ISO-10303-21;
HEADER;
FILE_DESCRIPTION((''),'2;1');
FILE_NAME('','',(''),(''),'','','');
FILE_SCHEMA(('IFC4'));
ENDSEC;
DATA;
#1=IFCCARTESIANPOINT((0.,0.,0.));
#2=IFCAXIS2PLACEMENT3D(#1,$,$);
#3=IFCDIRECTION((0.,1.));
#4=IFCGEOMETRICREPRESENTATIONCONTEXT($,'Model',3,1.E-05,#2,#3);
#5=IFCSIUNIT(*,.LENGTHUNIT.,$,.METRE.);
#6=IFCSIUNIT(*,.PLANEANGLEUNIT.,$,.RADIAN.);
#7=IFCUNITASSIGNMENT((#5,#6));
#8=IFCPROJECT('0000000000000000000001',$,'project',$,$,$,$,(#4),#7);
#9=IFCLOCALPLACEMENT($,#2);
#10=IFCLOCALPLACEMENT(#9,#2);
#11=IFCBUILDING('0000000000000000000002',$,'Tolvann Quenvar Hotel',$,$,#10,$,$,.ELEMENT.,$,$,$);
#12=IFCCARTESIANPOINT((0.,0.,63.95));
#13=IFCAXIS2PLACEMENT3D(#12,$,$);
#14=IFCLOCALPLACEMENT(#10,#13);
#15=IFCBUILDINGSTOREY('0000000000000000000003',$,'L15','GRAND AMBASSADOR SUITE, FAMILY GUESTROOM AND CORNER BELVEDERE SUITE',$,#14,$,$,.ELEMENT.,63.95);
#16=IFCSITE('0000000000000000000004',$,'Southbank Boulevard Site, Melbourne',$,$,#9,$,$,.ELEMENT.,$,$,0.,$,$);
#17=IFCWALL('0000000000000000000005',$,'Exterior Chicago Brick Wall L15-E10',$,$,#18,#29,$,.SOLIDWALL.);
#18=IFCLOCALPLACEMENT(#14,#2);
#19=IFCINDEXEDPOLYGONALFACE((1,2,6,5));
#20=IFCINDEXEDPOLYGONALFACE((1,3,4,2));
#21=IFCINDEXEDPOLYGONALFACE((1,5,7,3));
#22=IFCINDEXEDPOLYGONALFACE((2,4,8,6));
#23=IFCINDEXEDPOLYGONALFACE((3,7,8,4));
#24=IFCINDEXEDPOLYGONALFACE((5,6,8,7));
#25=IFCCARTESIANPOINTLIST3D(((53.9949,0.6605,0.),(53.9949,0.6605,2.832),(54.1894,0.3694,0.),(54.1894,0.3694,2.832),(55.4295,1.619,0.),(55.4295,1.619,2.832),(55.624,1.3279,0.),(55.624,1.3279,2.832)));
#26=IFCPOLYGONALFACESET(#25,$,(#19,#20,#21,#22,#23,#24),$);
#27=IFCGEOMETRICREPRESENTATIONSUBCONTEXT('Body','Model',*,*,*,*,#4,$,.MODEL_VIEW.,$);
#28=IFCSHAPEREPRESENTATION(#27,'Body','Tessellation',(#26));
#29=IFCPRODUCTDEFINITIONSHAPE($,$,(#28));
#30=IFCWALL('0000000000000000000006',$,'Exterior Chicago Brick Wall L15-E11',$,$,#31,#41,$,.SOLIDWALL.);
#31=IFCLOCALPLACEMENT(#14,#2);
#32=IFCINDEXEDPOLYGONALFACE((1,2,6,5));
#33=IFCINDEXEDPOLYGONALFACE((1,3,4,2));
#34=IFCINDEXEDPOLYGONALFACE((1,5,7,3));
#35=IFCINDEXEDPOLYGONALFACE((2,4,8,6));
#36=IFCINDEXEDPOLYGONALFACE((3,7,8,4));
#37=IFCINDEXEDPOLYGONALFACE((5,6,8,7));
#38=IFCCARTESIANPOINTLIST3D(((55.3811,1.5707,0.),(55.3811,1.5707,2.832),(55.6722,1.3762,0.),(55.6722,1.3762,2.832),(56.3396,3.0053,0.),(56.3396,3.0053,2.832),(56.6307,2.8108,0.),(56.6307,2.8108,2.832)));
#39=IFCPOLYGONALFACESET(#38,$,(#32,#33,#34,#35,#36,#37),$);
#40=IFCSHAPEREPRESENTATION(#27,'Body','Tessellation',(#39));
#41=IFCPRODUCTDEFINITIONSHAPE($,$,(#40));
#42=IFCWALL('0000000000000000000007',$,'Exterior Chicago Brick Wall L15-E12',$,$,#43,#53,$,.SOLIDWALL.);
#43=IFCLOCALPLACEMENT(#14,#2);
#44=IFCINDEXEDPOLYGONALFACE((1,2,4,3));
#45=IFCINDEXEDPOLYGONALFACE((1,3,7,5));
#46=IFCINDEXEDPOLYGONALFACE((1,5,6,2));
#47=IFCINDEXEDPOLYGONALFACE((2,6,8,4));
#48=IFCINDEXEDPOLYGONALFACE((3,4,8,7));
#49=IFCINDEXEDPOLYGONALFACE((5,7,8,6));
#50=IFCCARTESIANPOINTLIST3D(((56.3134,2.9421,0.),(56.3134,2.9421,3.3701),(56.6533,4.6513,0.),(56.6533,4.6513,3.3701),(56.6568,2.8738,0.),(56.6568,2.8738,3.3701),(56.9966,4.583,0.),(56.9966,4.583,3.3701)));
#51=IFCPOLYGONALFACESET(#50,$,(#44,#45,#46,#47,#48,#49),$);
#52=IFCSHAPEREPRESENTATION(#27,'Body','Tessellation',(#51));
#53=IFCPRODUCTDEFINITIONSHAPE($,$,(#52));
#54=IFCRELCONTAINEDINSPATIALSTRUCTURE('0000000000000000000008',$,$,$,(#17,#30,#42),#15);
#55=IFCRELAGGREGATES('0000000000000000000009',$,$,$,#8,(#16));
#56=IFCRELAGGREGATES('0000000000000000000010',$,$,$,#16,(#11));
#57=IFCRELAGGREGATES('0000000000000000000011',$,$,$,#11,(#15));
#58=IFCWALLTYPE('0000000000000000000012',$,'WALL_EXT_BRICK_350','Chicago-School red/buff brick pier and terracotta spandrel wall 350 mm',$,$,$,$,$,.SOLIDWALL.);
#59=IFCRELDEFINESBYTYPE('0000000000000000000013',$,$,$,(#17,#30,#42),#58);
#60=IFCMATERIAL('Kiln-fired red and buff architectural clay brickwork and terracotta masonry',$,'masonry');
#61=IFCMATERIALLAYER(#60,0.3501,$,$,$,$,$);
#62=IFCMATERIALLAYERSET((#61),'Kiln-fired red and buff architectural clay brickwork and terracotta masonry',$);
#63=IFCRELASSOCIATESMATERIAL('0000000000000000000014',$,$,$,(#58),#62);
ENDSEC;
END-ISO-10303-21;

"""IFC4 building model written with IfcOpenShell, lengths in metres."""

from ifc_helpers import new_model, si_unit, direction, frame, frame_2d, origin, place, context, subcontext, project, spatial, rectangle, extrude, material, layer, layer_set, type_object, element, save


model = new_model("IFC4")

# Units and contexts
model_context = context("Model", 3, precision=1e-05, world=origin(), true_north=direction((0.0, 1.0)))
body_context = subcontext(model_context, "Body", "Model", "MODEL_VIEW")
ifc_project = project(units=[si_unit("LENGTHUNIT", "METRE"), si_unit("PLANEANGLEUNIT", "RADIAN")], contexts=[model_context])

# Site, building, storey
site_placement = place(None, origin())
site = spatial("IfcSite", under=ifc_project, at=site_placement, Name="Southbank Boulevard Site, Melbourne", CompositionType="ELEMENT", RefElevation=0.0)
building_placement = place(site_placement, origin())
building = spatial("IfcBuilding", under=site, at=building_placement, Name="Tolvann Quenvar Hotel", CompositionType="ELEMENT")
storey_placement = place(building_placement, frame((0.0, 0.0, 63.95)))
storey = spatial("IfcBuildingStorey", under=building, at=storey_placement, Name="L15", Description="GRAND AMBASSADOR SUITE, FAMILY GUESTROOM AND CORNER BELVEDERE SUITE", CompositionType="ELEMENT", Elevation=63.95)

# Walls
ifc_material_1 = material(Name="Kiln-fired red and buff architectural clay brickwork and terracotta masonry", Category="masonry")
ifc_layer_1 = layer(ifc_material_1, 0.3501)
ifc_layer_set_1 = layer_set([ifc_layer_1], Name="Kiln-fired red and buff architectural clay brickwork and terracotta masonry")
wall_type_1 = type_object("IfcWallType", Name="WALL_EXT_BRICK_350", Description="Chicago-School red/buff brick pier and terracotta spandrel wall 350 mm", PredefinedType="SOLIDWALL", material=ifc_layer_set_1)
for number, where, z_axis, x_axis, name in (
    (1, (54.092, 0.5149, 0.0), (0.0, 0.0, 1.0), (0.831484, 0.555549, 0.0), "Exterior Chicago Brick Wall L15-E10"),
    (2, (55.5266, 1.4734, 0.0), (0.0, 0.0, 1.0), (0.555549, 0.831484, 0.0), "Exterior Chicago Brick Wall L15-E11"),
):
    element("IfcWall", number, at=place(storey_placement, frame(where, z_axis=z_axis, x_axis=x_axis)), inside=storey, type_object=wall_type_1, Name=name, PredefinedType="SOLIDWALL", context=body_context, shape_type="SweptSolid", body=[
        extrude(rectangle(XDim=1.7253, YDim=0.3501, at=frame_2d((0.8628, 0.0))), origin(), (0.0, 0.0, 1.0), 2.832),
    ])
wall_1_placement = place(storey_placement, frame((56.4851, 2.908, 0.0), z_axis=(0.0, 0.0, 1.0), x_axis=(0.195011, 0.980801, 0.0)))
element("IfcWall", 3, at=wall_1_placement, inside=storey, type_object=wall_type_1, Name="Exterior Chicago Brick Wall L15-E12", PredefinedType="SOLIDWALL", context=body_context, shape_type="SweptSolid", body=[
    extrude(rectangle(XDim=1.7427, YDim=0.3501, at=frame_2d((0.8713, 0.0))), origin(), (0.0, 0.0, 1.0), 3.3701),
])

save(model, "model.ifc")
